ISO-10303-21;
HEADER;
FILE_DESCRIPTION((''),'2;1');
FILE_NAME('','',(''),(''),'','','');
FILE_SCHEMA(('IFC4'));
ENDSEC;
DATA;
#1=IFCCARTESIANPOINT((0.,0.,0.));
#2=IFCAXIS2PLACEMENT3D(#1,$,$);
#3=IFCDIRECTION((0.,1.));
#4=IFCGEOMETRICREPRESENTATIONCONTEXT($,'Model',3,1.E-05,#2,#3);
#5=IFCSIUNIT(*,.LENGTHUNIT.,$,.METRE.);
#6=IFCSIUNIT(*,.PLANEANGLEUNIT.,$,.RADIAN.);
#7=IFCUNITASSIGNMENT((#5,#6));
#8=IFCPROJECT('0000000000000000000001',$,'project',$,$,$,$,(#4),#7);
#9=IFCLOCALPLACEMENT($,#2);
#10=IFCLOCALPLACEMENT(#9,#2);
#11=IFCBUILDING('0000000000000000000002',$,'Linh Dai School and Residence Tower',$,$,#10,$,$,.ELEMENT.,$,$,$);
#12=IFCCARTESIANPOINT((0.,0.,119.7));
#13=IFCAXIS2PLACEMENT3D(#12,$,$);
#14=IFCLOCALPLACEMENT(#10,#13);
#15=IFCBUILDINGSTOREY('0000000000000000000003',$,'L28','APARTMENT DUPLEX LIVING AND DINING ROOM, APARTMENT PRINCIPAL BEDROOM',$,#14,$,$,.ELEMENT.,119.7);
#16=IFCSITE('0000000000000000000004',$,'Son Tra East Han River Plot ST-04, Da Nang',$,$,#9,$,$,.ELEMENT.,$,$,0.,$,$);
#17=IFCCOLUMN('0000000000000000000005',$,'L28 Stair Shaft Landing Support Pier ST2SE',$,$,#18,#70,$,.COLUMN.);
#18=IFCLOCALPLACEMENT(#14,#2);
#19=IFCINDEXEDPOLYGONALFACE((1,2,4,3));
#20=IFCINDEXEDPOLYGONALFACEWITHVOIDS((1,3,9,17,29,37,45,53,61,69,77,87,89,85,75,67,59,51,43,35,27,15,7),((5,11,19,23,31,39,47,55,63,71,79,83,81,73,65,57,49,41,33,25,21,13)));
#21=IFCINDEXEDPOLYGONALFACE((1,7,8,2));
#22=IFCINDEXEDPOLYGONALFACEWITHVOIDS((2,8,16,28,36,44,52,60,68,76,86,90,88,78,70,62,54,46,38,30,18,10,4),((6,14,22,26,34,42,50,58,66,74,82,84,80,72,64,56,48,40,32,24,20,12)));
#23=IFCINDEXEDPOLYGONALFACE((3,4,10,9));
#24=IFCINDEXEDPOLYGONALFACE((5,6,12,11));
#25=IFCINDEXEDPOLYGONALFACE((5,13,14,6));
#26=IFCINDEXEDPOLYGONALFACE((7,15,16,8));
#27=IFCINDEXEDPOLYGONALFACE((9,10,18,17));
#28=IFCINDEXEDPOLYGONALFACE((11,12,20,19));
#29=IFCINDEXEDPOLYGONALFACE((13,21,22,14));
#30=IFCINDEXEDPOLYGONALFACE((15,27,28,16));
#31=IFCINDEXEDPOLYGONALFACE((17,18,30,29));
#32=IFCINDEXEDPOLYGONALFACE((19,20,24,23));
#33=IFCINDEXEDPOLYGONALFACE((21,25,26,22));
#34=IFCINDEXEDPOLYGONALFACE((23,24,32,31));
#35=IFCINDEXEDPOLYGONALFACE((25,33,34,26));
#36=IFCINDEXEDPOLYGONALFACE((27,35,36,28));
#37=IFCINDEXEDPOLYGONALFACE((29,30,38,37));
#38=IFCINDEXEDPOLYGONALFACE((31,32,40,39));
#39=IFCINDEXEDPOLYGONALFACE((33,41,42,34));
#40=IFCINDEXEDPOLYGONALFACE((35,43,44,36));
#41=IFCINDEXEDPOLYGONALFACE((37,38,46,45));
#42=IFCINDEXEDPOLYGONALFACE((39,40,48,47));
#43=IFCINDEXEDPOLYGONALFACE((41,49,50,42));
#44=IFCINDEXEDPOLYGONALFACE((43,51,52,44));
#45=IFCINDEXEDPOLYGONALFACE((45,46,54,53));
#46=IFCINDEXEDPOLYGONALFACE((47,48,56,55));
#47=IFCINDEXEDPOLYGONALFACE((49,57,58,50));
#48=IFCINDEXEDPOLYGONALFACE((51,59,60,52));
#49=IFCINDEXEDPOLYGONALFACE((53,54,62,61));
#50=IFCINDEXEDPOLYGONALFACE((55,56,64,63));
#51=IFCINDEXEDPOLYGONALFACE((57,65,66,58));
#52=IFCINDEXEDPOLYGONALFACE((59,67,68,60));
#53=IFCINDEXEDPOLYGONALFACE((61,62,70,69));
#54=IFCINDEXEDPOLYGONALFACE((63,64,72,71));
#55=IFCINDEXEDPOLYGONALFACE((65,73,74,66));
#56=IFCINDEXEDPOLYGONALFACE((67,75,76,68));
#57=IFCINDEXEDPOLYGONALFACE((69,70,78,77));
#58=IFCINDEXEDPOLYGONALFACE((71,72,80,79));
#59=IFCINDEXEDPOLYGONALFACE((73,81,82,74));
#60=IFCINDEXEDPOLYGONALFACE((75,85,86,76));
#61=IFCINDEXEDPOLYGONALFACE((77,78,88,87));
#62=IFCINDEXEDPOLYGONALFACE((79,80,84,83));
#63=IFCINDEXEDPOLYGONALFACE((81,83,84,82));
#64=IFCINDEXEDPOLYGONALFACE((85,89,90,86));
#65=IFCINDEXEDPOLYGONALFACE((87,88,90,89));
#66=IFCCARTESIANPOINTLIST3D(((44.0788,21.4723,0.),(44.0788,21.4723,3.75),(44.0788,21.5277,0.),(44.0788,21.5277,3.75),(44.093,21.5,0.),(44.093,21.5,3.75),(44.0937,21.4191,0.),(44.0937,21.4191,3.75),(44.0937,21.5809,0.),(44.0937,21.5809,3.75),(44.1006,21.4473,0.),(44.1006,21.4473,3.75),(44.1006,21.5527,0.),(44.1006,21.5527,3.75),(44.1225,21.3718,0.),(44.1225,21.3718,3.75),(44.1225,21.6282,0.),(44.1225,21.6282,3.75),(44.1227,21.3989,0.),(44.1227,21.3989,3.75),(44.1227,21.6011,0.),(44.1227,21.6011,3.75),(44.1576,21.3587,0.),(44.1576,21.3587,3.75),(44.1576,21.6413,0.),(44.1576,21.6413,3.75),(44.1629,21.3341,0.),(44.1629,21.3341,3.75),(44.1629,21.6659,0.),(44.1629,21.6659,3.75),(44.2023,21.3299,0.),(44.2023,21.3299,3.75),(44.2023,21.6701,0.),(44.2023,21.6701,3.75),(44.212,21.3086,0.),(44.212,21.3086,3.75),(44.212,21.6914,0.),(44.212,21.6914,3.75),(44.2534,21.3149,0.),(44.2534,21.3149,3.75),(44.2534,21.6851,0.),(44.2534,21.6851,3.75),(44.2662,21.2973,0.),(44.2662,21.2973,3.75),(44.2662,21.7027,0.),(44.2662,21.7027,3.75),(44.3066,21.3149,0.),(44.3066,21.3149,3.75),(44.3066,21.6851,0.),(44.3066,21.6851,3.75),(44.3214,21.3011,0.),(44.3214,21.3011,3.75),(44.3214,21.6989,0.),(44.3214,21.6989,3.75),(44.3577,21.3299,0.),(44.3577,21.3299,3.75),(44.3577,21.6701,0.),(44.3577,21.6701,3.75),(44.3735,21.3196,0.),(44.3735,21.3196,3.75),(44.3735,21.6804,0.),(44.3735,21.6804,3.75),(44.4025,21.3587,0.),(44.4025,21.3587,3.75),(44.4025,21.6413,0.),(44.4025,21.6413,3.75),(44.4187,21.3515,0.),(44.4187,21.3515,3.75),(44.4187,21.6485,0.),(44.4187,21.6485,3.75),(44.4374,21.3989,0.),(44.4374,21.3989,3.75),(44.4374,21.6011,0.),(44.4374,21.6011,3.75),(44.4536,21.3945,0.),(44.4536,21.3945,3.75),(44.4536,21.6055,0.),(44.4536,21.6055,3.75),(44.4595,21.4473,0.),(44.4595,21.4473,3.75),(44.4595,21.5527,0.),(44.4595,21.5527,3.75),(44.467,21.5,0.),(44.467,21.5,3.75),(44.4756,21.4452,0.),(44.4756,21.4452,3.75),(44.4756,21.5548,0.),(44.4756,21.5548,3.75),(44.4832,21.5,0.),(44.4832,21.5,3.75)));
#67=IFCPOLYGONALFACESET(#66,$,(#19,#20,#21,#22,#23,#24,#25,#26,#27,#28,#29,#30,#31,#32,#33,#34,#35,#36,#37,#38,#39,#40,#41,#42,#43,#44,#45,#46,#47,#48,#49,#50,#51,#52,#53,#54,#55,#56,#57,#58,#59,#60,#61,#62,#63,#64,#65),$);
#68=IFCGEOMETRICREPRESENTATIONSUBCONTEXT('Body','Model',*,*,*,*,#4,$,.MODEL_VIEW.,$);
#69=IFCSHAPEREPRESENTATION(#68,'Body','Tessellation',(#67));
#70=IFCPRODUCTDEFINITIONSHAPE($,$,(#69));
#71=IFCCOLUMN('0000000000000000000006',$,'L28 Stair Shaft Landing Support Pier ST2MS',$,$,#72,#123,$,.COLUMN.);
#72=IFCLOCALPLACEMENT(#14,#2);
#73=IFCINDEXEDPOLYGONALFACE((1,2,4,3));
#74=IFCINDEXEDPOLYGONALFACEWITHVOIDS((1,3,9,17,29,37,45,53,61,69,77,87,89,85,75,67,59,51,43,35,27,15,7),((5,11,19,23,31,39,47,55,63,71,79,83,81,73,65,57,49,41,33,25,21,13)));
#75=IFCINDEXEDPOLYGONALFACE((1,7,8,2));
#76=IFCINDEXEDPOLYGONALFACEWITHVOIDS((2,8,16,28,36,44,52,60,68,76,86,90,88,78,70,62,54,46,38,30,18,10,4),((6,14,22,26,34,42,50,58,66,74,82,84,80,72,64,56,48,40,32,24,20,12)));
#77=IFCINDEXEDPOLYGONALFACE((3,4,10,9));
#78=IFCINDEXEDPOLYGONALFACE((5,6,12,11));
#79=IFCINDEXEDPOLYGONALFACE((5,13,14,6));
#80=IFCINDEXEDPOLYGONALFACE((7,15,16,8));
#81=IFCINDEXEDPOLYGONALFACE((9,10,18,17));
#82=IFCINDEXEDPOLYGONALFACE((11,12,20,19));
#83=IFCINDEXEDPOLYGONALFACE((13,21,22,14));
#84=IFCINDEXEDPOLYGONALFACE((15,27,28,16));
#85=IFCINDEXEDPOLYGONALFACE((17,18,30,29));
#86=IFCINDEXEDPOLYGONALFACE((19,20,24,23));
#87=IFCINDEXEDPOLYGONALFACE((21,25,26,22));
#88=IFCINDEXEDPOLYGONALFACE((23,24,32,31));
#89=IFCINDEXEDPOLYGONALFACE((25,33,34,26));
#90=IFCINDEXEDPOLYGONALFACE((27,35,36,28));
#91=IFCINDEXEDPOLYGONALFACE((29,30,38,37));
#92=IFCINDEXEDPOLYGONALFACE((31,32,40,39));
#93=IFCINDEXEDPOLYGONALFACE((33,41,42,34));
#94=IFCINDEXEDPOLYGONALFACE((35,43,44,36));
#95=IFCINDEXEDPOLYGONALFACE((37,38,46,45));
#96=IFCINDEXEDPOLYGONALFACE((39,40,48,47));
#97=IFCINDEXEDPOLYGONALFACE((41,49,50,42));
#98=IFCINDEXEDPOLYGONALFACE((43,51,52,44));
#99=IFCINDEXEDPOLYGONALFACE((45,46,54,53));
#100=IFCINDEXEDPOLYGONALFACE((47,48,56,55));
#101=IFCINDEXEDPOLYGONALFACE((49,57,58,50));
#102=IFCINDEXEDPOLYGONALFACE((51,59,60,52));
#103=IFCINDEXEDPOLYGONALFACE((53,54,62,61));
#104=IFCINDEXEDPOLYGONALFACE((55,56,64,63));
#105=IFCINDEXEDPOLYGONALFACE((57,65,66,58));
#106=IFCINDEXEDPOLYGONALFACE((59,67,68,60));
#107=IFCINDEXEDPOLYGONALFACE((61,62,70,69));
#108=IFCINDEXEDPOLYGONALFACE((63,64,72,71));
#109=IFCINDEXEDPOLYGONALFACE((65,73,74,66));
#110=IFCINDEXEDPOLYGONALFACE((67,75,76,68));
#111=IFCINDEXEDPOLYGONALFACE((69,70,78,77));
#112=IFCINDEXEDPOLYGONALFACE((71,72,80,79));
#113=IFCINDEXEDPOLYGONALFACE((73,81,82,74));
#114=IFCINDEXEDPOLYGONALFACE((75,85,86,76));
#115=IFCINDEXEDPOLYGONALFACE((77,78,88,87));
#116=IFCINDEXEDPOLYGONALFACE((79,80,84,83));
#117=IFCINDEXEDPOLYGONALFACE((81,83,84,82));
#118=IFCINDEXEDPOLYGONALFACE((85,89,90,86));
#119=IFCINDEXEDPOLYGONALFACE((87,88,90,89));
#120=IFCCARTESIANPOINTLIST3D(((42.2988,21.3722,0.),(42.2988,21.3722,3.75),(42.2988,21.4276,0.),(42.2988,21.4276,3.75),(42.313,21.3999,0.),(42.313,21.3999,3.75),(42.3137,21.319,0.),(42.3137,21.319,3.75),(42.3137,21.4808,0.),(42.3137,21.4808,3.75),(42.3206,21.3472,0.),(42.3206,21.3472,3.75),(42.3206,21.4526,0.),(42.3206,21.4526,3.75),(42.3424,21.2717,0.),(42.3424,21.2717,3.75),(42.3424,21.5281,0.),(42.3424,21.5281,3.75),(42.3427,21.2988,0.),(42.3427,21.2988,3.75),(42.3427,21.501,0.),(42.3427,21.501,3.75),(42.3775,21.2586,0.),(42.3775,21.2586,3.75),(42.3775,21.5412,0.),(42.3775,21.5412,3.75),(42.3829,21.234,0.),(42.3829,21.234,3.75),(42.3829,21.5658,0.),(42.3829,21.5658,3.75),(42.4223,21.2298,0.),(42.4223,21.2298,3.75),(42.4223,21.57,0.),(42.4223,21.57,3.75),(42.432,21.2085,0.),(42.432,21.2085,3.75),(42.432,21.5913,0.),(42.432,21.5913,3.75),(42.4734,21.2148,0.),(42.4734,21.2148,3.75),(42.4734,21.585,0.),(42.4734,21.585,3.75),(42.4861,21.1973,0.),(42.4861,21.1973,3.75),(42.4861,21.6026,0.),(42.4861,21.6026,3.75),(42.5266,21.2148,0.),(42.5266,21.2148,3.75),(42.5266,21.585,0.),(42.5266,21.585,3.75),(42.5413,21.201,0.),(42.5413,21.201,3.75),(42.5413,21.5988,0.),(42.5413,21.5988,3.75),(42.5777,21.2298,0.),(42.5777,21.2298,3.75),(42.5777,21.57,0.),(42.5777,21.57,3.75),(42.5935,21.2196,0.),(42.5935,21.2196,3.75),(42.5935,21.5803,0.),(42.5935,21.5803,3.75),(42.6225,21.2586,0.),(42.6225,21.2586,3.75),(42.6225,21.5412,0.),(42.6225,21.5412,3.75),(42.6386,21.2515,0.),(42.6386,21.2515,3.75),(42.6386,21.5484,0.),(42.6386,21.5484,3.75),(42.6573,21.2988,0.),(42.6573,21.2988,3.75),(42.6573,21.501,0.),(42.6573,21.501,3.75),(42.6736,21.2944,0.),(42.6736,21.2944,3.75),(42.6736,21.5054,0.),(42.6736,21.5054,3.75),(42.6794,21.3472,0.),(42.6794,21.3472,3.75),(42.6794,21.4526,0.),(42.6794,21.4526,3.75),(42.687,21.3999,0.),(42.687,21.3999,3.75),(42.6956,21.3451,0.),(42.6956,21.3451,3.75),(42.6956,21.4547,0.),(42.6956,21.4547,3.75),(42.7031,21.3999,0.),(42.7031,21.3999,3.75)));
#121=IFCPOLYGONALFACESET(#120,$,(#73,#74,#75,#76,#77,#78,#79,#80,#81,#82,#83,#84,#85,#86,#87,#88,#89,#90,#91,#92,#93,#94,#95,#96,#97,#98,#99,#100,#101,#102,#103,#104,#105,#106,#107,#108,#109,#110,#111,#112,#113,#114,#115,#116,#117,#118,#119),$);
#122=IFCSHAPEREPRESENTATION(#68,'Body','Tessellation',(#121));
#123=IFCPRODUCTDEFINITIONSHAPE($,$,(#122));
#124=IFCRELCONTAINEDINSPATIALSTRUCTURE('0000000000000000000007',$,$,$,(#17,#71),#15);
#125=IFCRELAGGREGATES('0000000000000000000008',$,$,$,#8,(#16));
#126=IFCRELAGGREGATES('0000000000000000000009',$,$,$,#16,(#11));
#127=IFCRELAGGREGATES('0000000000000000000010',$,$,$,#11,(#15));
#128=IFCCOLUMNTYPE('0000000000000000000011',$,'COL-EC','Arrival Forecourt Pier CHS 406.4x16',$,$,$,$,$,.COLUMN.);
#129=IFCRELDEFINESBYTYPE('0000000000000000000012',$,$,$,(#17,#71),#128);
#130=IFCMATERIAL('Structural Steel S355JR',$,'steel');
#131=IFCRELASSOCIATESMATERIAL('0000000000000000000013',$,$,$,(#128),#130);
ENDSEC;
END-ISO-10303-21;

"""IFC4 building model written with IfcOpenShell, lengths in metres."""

from ifc_helpers import new_model, si_unit, direction, frame, origin, origin_2d, place, context, subcontext, project, spatial, hollow_circle, extrude, material, material_profile, profile_set, type_object, element, save


model = new_model("IFC4")

# Units and contexts
model_context = context("Model", 3, precision=1e-05, world=origin(), true_north=direction((0.0, 1.0)))
body_context = subcontext(model_context, "Body", "Model", "MODEL_VIEW")
ifc_project = project(units=[si_unit("LENGTHUNIT", "METRE"), si_unit("PLANEANGLEUNIT", "RADIAN")], contexts=[model_context])

# Site, building, storey
site_placement = place(None, origin())
site = spatial("IfcSite", under=ifc_project, at=site_placement, Name="Son Tra East Han River Plot ST-04, Da Nang", CompositionType="ELEMENT", RefElevation=0.0)
building_placement = place(site_placement, origin())
building = spatial("IfcBuilding", under=site, at=building_placement, Name="Linh Dai School and Residence Tower", CompositionType="ELEMENT")
storey_placement = place(building_placement, frame((0.0, 0.0, 119.7)))
storey = spatial("IfcBuildingStorey", under=building, at=storey_placement, Name="L28", Description="APARTMENT DUPLEX LIVING AND DINING ROOM, APARTMENT PRINCIPAL BEDROOM", CompositionType="ELEMENT", Elevation=119.7)

# Columns
ifc_material_1 = material(Name="Structural Steel S355JR", Category="steel")
ifc_material_profile_1 = material_profile(ifc_material_1, hollow_circle(Radius=0.2031, WallThickness=0.0161, at=origin_2d()), Name="CHS 406.4x16")
ifc_profile_set_1 = profile_set([ifc_material_profile_1], Name="Structural Steel S355JR")
column_type_1 = type_object("IfcColumnType", Name="COL-EC", Description="Arrival Forecourt Pier CHS 406.4x16", PredefinedType="COLUMN", material=ifc_profile_set_1)
for number, where, z_axis, x_axis, name in (
    (1, (44.28, 21.5, 0.0), (0.0, 0.0, 1.0), (1.0, 0.0, 0.0), "L28 Stair Shaft Landing Support Pier ST2SE"),
    (2, (42.5, 21.3999, 0.0), (0.0, 0.0, 1.0), (1.0, 0.0, 0.0), "L28 Stair Shaft Landing Support Pier ST2MS"),
):
    element("IfcColumn", number, at=place(storey_placement, frame(where, z_axis=z_axis, x_axis=x_axis)), inside=storey, type_object=column_type_1, Name=name, PredefinedType="COLUMN", context=body_context, shape_type="SweptSolid", body=[
        extrude(hollow_circle(Radius=0.2031, WallThickness=0.0161, at=origin_2d()), origin(), (0.0, 0.0, 1.0), 3.75),
    ])

save(model, "model.ifc")
